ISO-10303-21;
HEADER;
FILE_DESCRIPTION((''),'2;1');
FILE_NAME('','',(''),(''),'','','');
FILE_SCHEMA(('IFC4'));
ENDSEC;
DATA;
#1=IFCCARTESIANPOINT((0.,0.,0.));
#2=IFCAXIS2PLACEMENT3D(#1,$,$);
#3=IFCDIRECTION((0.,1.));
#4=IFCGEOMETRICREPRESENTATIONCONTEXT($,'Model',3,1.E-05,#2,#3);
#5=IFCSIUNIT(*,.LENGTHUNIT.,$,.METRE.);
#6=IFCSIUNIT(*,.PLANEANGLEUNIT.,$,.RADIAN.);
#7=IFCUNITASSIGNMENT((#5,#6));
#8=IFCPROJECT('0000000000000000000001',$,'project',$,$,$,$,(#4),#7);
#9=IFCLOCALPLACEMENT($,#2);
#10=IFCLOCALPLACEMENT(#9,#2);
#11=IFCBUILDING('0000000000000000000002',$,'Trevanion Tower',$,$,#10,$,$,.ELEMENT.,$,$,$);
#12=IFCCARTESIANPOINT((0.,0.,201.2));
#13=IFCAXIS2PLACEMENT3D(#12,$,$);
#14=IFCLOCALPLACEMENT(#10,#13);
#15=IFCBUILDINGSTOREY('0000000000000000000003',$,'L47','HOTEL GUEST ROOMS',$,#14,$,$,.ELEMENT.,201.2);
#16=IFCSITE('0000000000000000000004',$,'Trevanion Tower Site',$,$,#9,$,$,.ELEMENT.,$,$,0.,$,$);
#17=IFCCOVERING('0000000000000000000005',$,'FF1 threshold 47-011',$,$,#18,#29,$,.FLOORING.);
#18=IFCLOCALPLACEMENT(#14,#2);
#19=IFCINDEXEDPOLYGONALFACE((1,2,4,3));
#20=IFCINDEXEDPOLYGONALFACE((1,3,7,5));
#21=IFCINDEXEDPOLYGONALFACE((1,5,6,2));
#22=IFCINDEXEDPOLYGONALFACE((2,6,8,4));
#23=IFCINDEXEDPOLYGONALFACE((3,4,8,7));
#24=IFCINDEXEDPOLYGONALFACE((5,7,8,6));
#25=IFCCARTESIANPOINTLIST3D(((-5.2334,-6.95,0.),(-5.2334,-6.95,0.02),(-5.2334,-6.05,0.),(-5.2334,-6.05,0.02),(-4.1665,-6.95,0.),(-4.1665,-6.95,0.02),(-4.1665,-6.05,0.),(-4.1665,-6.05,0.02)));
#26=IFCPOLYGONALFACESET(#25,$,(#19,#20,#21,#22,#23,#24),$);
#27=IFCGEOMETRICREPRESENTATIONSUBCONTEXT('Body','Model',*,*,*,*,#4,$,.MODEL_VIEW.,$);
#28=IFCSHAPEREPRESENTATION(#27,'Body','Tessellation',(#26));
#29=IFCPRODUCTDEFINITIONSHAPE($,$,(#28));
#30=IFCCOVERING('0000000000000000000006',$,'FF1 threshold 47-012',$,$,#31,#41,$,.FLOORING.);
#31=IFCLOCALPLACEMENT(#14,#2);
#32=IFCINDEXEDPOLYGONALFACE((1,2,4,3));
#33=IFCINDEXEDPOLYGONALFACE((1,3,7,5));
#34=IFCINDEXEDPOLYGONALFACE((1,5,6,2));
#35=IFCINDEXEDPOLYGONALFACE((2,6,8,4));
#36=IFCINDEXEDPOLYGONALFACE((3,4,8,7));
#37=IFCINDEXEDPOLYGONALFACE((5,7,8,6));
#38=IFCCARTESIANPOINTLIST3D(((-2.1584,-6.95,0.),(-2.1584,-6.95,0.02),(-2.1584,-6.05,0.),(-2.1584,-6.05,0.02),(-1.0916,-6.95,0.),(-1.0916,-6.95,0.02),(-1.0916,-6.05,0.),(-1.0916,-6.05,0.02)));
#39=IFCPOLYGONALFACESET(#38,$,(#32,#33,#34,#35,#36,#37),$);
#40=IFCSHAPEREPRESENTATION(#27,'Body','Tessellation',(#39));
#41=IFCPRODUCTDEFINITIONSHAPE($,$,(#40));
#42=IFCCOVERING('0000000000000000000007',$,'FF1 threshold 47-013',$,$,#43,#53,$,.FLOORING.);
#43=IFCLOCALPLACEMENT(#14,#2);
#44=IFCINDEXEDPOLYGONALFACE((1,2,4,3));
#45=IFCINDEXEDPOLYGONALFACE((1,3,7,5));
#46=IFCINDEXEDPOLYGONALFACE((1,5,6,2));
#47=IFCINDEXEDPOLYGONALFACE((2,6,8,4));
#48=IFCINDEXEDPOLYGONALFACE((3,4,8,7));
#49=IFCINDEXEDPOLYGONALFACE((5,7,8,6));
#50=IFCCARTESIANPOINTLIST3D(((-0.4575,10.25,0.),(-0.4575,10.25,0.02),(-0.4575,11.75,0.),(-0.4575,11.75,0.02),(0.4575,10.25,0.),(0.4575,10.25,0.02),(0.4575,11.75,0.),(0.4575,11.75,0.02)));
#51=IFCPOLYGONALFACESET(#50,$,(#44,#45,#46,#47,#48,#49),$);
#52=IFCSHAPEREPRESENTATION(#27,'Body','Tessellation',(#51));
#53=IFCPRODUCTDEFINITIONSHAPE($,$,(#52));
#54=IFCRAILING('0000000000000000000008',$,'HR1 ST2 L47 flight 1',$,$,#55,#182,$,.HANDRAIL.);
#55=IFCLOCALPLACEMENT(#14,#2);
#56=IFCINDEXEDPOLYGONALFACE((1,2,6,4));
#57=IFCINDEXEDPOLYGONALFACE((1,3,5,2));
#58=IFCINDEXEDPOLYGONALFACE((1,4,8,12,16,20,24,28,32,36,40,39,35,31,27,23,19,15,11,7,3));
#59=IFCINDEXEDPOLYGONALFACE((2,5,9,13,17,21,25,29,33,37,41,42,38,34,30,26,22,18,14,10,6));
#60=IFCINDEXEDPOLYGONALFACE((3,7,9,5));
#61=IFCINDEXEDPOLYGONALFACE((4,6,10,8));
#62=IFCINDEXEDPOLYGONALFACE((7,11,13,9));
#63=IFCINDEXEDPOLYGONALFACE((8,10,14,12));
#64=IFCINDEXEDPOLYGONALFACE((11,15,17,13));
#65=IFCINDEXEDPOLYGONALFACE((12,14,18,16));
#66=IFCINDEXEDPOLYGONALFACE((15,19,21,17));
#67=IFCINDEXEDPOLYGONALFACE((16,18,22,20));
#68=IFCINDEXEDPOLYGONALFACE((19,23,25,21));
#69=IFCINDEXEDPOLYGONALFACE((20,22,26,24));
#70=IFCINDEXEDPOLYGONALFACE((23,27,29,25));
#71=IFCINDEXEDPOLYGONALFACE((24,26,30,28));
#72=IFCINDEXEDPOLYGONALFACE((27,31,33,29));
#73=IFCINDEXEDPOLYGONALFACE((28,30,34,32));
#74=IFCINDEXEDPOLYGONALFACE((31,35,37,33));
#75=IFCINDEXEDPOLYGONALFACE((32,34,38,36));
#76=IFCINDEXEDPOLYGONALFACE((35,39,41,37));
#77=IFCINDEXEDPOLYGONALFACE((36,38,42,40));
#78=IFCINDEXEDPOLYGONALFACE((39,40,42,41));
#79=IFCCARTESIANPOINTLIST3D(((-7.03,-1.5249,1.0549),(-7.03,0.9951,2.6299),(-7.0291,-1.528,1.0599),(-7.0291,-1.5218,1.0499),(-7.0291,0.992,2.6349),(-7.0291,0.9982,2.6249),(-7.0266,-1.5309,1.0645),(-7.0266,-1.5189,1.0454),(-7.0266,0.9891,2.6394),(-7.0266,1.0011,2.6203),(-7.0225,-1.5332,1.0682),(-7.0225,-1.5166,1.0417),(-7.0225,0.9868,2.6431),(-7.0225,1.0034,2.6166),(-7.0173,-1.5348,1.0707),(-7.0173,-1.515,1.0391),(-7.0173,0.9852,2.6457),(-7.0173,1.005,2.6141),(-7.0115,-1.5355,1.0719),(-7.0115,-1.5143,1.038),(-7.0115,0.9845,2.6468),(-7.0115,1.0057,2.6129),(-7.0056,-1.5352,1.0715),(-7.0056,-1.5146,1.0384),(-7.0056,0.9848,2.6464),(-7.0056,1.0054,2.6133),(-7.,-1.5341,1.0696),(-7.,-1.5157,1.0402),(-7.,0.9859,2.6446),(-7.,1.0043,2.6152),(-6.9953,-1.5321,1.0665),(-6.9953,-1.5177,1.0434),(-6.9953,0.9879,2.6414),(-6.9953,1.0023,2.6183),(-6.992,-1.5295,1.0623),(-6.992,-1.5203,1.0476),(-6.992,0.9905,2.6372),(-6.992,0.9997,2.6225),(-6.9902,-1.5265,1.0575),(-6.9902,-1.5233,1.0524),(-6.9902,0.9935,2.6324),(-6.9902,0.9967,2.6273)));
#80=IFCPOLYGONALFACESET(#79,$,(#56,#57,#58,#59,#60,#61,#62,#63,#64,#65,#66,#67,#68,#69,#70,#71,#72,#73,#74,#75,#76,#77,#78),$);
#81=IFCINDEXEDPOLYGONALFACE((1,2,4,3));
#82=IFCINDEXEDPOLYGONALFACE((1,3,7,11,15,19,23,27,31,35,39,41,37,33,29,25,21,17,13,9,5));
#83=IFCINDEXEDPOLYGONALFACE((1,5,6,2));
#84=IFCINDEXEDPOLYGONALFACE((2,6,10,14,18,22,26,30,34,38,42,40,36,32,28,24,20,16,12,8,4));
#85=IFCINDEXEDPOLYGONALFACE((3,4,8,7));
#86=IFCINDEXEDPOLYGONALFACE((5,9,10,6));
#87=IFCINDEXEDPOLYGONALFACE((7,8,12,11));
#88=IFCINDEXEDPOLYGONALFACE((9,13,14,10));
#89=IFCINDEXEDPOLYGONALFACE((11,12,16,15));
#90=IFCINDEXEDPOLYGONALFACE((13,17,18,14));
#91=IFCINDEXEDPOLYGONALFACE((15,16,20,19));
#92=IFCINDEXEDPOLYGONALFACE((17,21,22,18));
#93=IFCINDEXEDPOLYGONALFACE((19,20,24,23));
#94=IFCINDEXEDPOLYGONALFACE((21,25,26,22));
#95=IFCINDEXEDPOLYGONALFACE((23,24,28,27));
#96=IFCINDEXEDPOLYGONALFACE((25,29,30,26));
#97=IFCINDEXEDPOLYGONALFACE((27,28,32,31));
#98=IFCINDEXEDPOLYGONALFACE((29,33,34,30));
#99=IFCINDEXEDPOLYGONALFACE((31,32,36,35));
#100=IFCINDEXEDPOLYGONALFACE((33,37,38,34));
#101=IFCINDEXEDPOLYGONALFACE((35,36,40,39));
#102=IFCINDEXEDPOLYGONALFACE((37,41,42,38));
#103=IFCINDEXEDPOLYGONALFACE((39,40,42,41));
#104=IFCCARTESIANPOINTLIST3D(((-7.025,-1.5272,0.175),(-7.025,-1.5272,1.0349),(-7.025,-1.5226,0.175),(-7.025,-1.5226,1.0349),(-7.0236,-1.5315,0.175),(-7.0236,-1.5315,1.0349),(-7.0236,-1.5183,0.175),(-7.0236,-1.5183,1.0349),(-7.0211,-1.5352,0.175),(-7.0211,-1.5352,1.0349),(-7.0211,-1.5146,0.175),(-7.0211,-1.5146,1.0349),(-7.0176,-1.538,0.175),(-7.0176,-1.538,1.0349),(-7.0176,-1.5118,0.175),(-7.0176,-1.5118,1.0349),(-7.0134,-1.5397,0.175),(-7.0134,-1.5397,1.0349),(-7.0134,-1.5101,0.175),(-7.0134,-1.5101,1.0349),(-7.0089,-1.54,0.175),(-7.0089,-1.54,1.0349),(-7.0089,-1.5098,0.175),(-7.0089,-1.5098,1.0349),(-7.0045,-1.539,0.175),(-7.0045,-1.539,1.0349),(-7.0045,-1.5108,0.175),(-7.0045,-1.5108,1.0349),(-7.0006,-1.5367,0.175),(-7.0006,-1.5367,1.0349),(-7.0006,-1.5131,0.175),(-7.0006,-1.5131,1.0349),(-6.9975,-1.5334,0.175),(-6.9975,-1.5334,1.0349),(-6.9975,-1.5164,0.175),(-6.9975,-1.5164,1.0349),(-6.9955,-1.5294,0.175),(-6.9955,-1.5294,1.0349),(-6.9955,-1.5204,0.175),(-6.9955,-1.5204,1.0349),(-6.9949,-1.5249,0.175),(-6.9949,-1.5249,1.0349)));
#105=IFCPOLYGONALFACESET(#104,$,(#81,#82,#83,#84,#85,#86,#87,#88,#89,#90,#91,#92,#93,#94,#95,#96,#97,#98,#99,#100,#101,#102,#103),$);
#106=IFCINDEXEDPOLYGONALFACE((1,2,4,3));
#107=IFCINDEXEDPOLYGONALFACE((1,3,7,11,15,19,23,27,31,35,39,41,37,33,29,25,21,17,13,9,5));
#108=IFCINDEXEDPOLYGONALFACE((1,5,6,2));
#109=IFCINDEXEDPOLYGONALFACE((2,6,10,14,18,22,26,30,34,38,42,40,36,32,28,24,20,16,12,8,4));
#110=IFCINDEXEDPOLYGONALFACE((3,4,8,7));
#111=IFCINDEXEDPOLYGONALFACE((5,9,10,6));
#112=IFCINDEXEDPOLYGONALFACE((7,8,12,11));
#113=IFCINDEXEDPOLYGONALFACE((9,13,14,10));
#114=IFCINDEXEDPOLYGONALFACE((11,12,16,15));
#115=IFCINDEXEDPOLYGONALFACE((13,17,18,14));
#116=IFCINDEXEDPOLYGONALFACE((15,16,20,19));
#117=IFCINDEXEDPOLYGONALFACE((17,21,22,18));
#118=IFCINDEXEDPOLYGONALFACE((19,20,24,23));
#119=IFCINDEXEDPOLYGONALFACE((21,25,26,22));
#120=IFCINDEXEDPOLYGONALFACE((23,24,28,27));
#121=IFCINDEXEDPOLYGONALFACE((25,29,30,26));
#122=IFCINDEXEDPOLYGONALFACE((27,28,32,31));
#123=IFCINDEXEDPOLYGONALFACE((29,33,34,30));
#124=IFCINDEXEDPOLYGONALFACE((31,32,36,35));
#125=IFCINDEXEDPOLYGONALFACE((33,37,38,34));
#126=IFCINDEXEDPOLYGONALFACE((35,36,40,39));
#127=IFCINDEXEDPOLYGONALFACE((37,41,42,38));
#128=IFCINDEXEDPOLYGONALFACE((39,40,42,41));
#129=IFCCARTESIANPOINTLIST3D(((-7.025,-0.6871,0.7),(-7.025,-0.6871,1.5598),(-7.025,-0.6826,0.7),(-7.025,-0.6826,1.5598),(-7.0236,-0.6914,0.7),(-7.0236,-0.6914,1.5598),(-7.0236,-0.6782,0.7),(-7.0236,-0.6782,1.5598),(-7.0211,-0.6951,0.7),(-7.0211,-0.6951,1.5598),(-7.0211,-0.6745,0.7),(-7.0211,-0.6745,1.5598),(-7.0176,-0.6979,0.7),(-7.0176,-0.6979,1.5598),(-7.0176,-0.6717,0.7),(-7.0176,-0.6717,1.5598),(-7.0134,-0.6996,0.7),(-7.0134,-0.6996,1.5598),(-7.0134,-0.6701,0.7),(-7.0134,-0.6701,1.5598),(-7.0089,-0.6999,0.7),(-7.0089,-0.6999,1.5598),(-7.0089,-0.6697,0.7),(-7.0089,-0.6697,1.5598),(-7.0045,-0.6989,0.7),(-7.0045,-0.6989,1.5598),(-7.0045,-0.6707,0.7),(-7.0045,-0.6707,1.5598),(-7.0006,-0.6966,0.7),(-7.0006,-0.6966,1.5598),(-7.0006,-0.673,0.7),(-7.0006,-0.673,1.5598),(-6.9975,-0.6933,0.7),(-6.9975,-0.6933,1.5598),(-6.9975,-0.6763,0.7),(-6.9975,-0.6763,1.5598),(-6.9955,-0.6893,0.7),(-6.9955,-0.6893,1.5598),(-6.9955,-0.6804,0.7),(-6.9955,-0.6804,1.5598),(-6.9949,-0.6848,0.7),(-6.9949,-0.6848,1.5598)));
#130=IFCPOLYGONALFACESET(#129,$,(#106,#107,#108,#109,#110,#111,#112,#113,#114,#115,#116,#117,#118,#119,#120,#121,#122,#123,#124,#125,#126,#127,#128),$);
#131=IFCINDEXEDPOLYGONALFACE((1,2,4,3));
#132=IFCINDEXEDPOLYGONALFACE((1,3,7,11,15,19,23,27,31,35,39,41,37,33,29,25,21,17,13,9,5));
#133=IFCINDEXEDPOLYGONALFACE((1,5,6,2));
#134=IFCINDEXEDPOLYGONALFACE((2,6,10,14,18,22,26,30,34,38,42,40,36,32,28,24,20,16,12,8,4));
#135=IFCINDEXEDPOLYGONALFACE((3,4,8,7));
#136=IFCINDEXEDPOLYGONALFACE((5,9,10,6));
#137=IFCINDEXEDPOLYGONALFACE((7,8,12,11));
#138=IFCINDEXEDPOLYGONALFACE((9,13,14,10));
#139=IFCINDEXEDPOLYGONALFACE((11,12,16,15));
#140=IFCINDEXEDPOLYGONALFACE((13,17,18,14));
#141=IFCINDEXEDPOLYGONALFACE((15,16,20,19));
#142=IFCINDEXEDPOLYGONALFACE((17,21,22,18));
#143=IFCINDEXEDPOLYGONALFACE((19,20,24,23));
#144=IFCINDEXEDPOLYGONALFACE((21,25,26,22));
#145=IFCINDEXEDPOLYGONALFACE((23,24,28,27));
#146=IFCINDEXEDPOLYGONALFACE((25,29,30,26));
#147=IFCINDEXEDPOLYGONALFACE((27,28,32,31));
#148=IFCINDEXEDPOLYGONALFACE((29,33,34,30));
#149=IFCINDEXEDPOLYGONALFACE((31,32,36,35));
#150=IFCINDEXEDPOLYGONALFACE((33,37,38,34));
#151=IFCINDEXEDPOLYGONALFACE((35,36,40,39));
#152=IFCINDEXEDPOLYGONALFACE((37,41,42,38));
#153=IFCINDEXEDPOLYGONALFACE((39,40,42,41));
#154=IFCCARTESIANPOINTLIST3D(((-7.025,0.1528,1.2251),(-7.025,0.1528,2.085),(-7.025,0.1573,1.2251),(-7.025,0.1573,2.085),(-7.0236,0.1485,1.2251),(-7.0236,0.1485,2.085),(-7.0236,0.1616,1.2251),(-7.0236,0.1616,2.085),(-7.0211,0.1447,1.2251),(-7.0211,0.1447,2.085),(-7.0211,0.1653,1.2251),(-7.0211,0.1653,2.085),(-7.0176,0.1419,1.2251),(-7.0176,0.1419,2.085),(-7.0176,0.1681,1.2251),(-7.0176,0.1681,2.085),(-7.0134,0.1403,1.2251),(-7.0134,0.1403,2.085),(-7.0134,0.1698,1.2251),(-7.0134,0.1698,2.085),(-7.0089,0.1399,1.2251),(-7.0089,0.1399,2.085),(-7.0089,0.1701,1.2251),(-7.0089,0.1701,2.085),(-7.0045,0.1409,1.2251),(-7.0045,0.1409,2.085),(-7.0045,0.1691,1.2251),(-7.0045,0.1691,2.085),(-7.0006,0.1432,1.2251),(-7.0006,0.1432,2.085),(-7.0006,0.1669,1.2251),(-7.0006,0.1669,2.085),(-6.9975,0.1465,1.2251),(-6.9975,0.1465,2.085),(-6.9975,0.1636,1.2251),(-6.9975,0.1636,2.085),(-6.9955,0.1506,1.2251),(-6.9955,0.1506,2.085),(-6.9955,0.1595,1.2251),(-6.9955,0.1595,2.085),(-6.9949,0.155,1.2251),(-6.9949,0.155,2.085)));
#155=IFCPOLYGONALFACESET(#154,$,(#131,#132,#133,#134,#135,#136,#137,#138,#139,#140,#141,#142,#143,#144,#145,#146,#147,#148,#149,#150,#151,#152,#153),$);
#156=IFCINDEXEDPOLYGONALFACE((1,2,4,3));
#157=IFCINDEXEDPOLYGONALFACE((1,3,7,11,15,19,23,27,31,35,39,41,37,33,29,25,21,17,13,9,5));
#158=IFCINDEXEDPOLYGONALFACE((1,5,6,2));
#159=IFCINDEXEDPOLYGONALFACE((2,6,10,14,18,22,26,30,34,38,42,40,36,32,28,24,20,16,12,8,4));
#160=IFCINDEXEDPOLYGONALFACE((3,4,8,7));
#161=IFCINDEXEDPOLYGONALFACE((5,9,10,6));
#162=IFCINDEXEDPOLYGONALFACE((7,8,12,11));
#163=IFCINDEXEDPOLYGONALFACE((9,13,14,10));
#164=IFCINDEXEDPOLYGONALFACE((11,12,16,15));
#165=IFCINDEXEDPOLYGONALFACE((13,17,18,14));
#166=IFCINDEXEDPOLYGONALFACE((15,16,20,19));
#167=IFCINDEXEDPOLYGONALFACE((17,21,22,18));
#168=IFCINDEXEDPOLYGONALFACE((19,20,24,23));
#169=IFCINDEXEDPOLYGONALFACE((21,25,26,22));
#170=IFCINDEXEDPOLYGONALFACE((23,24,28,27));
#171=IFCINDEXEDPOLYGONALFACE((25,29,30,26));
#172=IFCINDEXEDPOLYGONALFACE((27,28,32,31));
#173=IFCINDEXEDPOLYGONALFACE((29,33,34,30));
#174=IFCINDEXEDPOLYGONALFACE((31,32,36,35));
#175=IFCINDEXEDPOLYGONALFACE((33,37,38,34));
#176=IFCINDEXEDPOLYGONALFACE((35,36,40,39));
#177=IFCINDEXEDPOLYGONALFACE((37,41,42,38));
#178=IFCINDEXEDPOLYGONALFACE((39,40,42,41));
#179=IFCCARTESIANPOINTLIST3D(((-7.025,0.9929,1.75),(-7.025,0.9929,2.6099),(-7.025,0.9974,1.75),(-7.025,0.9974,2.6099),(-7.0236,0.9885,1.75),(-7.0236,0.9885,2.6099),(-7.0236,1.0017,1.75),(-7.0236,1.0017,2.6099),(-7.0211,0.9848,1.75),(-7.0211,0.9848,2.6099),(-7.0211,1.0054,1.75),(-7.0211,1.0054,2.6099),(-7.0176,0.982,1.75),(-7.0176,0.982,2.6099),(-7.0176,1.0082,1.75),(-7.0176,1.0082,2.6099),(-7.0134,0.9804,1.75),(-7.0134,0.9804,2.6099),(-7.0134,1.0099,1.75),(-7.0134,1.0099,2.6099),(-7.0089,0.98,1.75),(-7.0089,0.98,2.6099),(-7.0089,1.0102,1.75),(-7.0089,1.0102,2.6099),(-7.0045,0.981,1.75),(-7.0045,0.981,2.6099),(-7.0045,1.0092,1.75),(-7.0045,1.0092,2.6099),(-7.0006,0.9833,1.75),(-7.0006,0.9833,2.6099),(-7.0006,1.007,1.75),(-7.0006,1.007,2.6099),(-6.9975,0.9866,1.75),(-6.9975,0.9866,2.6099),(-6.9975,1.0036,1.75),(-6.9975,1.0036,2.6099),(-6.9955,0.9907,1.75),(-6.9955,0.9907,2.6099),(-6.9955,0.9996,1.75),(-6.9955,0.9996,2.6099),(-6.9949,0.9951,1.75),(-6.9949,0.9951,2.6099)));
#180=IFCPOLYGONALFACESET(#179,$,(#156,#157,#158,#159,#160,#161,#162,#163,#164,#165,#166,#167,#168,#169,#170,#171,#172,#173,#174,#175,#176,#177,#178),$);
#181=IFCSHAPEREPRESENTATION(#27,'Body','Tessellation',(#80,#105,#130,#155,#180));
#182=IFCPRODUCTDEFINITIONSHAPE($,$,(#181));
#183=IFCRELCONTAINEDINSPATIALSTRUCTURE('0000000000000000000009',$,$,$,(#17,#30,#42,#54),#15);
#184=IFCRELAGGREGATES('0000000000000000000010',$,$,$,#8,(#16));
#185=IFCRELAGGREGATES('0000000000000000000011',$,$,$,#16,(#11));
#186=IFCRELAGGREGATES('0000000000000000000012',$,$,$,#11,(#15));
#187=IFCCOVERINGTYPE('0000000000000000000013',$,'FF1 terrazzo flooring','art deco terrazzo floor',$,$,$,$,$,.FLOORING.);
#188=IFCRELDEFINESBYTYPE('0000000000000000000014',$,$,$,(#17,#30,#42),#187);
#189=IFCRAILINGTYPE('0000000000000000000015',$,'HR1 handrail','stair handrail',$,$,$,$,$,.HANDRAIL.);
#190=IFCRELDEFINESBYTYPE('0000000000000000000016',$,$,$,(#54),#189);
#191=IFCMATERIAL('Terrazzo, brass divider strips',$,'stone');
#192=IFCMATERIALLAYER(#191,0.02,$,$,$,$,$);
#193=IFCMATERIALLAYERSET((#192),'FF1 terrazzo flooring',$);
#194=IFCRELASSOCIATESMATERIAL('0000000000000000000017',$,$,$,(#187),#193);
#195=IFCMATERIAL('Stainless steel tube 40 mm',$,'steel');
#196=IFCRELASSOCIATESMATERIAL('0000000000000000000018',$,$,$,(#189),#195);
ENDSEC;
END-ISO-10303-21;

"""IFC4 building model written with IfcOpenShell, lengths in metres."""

from ifc_helpers import new_model, si_unit, direction, frame, origin, origin_2d, place, context, subcontext, project, spatial, polyline, circle, outline, extrude, material, layer, layer_set, type_object, element, save


model = new_model("IFC4")

# Units and contexts
model_context = context("Model", 3, precision=1e-05, world=origin(), true_north=direction((0.0, 1.0)))
body_context = subcontext(model_context, "Body", "Model", "MODEL_VIEW")
ifc_project = project(units=[si_unit("LENGTHUNIT", "METRE"), si_unit("PLANEANGLEUNIT", "RADIAN")], contexts=[model_context])

# Site, building, storey
site_placement = place(None, origin())
site = spatial("IfcSite", under=ifc_project, at=site_placement, Name="Trevanion Tower Site", CompositionType="ELEMENT", RefElevation=0.0)
building_placement = place(site_placement, origin())
building = spatial("IfcBuilding", under=site, at=building_placement, Name="Trevanion Tower", CompositionType="ELEMENT")
storey_placement = place(building_placement, frame((0.0, 0.0, 201.2)))
storey = spatial("IfcBuildingStorey", under=building, at=storey_placement, Name="L47", Description="HOTEL GUEST ROOMS", CompositionType="ELEMENT", Elevation=201.2)

# Coverings
ifc_material_1 = material(Name="Terrazzo, brass divider strips", Category="stone")
ifc_layer_1 = layer(ifc_material_1, 0.02)
ifc_layer_set_1 = layer_set([ifc_layer_1], Name="FF1 terrazzo flooring")
covering_type = type_object("IfcCoveringType", Name="FF1 terrazzo flooring", Description="art deco terrazzo floor", PredefinedType="FLOORING", material=ifc_layer_set_1)
covering_1_placement = place(storey_placement, origin())
element("IfcCovering", 1, at=covering_1_placement, inside=storey, type_object=covering_type, Name="FF1 threshold 47-011", PredefinedType="FLOORING", context=body_context, shape_type="SweptSolid", body=[
    extrude(outline(polyline([(-5.2334, -6.95), (-4.1665, -6.95), (-4.1665, -6.05), (-5.2334, -6.05), (-5.2334, -6.95)])), origin(), (0.0, 0.0, 1.0), 0.02),
])
covering_2_placement = place(storey_placement, origin())
element("IfcCovering", 2, at=covering_2_placement, inside=storey, type_object=covering_type, Name="FF1 threshold 47-012", PredefinedType="FLOORING", context=body_context, shape_type="SweptSolid", body=[
    extrude(outline(polyline([(-2.1584, -6.95), (-1.0916, -6.95), (-1.0916, -6.05), (-2.1584, -6.05), (-2.1584, -6.95)])), origin(), (0.0, 0.0, 1.0), 0.02),
])
covering_3_placement = place(storey_placement, origin())
element("IfcCovering", 3, at=covering_3_placement, inside=storey, type_object=covering_type, Name="FF1 threshold 47-013", PredefinedType="FLOORING", context=body_context, shape_type="SweptSolid", body=[
    extrude(outline(polyline([(0.4575, 11.75), (-0.4575, 11.75), (-0.4575, 10.25), (0.4575, 10.25), (0.4575, 11.75)])), origin(), (0.0, 0.0, 1.0), 0.02),
])

# Railing
ifc_material_2 = material(Name="Stainless steel tube 40 mm", Category="steel")
railing_type = type_object("IfcRailingType", Name="HR1 handrail", Description="stair handrail", PredefinedType="HANDRAIL", material=ifc_material_2)
for number, where, name in (
    (4, (-7.01, -1.5249, 0.175), "HR1 ST2 L47 flight 1"),
):
    element("IfcRailing", number, at=place(storey_placement, frame(where)), inside=storey, type_object=railing_type, Name=name, PredefinedType="HANDRAIL", context=body_context, shape_type="SweptSolid", body=[
        extrude(circle(Radius=0.02, at=origin_2d()), frame((0.0, 0.0, 0.8799), z_axis=(0.0, 0.848008, 0.529984), x_axis=(-1.0, 0.0, 0.0)), (0.0, 0.0, 1.0), 2.9717),
        extrude(circle(Radius=0.0151, at=origin_2d()), origin(), (0.0, 0.0, 1.0), 0.8599),
        extrude(circle(Radius=0.0151, at=origin_2d()), frame((0.0, 0.8401, 0.5249)), (0.0, 0.0, 1.0), 0.8599),
        extrude(circle(Radius=0.0151, at=origin_2d()), frame((0.0, 1.6799, 1.05)), (0.0, 0.0, 1.0), 0.8599),
        extrude(circle(Radius=0.0151, at=origin_2d()), frame((0.0, 2.52, 1.575)), (0.0, 0.0, 1.0), 0.8599),
    ])

save(model, "model.ifc")
